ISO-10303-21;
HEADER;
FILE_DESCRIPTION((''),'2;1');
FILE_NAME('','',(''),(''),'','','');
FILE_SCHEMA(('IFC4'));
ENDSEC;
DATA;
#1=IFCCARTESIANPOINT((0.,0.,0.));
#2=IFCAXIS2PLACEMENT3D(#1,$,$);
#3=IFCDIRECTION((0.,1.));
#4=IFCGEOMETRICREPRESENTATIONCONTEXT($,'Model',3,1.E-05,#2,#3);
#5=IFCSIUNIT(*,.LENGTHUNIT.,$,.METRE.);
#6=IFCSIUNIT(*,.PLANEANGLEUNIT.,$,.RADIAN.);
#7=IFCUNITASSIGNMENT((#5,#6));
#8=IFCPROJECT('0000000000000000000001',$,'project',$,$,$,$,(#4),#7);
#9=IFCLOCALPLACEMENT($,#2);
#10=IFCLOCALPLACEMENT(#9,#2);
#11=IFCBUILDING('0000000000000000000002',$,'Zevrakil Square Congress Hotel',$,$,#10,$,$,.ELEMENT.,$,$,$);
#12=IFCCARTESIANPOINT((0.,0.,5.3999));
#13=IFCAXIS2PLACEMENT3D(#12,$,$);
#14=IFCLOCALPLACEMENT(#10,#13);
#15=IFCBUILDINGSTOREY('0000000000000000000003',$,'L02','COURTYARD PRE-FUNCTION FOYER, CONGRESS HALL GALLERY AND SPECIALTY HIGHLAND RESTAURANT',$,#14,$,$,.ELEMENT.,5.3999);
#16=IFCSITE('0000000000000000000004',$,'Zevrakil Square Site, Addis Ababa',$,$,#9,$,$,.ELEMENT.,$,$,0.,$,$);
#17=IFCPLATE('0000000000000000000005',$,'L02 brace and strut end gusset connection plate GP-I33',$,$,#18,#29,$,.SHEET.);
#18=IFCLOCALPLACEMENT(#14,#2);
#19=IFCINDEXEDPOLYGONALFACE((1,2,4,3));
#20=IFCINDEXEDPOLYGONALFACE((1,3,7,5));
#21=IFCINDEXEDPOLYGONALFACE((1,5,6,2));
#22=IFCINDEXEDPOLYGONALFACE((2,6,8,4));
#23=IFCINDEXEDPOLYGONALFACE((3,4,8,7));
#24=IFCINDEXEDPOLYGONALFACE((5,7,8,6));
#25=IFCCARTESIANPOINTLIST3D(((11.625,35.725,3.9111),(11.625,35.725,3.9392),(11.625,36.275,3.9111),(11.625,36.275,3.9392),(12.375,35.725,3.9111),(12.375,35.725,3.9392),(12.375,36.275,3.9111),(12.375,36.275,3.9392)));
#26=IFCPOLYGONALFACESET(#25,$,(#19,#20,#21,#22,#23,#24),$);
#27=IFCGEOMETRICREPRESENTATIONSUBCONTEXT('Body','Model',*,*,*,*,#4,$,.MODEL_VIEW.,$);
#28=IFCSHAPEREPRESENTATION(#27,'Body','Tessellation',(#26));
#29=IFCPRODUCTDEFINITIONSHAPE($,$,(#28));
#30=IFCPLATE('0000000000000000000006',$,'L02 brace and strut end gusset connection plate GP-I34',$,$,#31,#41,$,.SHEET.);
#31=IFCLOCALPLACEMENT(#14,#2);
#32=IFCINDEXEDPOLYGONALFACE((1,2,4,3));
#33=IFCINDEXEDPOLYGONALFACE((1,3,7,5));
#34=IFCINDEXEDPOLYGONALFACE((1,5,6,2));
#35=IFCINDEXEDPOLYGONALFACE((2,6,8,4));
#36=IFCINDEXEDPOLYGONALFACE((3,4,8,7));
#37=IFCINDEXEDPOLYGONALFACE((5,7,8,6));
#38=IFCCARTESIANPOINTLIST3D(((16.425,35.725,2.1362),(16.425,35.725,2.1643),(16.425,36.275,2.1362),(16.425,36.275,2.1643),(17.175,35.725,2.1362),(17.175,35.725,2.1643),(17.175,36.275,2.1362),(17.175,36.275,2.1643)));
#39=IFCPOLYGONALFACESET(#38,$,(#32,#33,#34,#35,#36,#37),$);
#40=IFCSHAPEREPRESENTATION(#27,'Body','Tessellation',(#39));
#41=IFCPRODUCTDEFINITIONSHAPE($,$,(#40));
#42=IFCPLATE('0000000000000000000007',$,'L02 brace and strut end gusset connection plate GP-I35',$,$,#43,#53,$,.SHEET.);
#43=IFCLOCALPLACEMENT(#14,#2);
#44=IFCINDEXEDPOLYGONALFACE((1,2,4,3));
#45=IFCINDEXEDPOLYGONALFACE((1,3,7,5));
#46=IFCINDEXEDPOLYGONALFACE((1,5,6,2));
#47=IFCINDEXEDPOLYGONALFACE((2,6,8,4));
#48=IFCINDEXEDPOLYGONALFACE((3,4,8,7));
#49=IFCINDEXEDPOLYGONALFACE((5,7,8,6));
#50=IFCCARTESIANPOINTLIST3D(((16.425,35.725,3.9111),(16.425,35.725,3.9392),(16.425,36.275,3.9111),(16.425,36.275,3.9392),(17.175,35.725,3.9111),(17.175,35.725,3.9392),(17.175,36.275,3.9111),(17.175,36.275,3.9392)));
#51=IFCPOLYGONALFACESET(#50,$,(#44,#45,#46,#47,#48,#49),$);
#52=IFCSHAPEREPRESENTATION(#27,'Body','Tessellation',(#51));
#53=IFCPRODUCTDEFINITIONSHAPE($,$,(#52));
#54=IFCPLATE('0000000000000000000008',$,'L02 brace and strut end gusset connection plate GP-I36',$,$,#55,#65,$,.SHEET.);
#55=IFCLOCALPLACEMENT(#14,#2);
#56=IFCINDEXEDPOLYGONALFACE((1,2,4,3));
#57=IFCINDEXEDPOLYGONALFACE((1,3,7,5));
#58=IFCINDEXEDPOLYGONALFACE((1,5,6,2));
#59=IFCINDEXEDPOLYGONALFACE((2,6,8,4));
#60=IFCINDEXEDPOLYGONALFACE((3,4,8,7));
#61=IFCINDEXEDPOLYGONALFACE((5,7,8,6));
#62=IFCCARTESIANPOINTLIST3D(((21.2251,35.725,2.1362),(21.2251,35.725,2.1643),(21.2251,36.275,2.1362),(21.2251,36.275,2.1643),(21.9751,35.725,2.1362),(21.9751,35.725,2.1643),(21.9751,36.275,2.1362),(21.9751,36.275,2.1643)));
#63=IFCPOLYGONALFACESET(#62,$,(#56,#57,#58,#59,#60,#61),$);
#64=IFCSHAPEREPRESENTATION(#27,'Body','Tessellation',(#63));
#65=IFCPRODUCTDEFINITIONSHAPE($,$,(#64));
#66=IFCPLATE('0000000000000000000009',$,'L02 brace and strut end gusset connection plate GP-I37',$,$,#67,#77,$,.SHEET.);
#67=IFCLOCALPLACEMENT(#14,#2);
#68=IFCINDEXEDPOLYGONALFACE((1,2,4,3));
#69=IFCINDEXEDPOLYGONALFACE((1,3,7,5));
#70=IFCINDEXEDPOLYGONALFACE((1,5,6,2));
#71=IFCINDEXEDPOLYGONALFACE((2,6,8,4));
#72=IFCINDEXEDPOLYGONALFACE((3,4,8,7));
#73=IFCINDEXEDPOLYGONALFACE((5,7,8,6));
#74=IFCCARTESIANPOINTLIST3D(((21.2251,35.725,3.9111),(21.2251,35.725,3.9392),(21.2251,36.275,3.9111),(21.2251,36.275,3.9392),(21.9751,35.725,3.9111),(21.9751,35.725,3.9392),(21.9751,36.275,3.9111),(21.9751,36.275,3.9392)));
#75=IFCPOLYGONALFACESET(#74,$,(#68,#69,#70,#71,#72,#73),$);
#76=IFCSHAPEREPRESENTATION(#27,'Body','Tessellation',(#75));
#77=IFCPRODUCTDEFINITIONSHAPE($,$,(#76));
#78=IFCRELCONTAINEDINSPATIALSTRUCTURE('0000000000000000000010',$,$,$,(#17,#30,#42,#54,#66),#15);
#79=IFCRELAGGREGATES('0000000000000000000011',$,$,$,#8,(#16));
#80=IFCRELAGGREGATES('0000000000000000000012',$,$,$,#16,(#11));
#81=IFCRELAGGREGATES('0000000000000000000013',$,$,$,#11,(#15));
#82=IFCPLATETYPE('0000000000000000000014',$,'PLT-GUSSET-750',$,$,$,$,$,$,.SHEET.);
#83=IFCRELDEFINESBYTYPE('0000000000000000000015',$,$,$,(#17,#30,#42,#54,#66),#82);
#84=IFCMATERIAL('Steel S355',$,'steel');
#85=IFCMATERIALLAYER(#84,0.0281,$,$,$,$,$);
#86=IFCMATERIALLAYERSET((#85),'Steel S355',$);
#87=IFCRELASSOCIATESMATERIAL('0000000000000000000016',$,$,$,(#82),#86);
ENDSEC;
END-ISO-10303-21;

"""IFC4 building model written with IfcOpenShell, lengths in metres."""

from ifc_helpers import new_model, si_unit, direction, frame, origin, origin_2d, place, context, subcontext, project, spatial, rectangle, extrude, material, layer, layer_set, type_object, element, save


model = new_model("IFC4")

# Units and contexts
model_context = context("Model", 3, precision=1e-05, world=origin(), true_north=direction((0.0, 1.0)))
body_context = subcontext(model_context, "Body", "Model", "MODEL_VIEW")
ifc_project = project(units=[si_unit("LENGTHUNIT", "METRE"), si_unit("PLANEANGLEUNIT", "RADIAN")], contexts=[model_context])

# Site, building, storey
site_placement = place(None, origin())
site = spatial("IfcSite", under=ifc_project, at=site_placement, Name="Zevrakil Square Site, Addis Ababa", CompositionType="ELEMENT", RefElevation=0.0)
building_placement = place(site_placement, origin())
building = spatial("IfcBuilding", under=site, at=building_placement, Name="Zevrakil Square Congress Hotel", CompositionType="ELEMENT")
storey_placement = place(building_placement, frame((0.0, 0.0, 5.3999)))
storey = spatial("IfcBuildingStorey", under=building, at=storey_placement, Name="L02", Description="COURTYARD PRE-FUNCTION FOYER, CONGRESS HALL GALLERY AND SPECIALTY HIGHLAND RESTAURANT", CompositionType="ELEMENT", Elevation=5.3999)

# Plates
ifc_material_1 = material(Name="Steel S355", Category="steel")
ifc_layer = layer(ifc_material_1, 0.0281)
ifc_layer_set = layer_set([ifc_layer], Name="Steel S355")
plate_type = type_object("IfcPlateType", Name="PLT-GUSSET-750", PredefinedType="SHEET", material=ifc_layer_set)
for number, where, z_axis, x_axis, name in (
    (1, (12.0, 36.0, 3.9111), (0.0, 0.0, 1.0), (1.0, 0.0, 0.0), "L02 brace and strut end gusset connection plate GP-I33"),
    (2, (16.8, 36.0, 2.1362), (0.0, 0.0, 1.0), (1.0, 0.0, 0.0), "L02 brace and strut end gusset connection plate GP-I34"),
    (3, (16.8, 36.0, 3.9111), (0.0, 0.0, 1.0), (1.0, 0.0, 0.0), "L02 brace and strut end gusset connection plate GP-I35"),
    (4, (21.6001, 36.0, 2.1362), (0.0, 0.0, 1.0), (1.0, 0.0, 0.0), "L02 brace and strut end gusset connection plate GP-I36"),
    (5, (21.6001, 36.0, 3.9111), (0.0, 0.0, 1.0), (1.0, 0.0, 0.0), "L02 brace and strut end gusset connection plate GP-I37"),
):
    element("IfcPlate", number, at=place(storey_placement, frame(where, z_axis=z_axis, x_axis=x_axis)), inside=storey, type_object=plate_type, Name=name, PredefinedType="SHEET", context=body_context, shape_type="SweptSolid", body=[
        extrude(rectangle(XDim=0.75, YDim=0.55, at=origin_2d()), origin(), (0.0, 0.0, 1.0), 0.0281),
    ])

save(model, "model.ifc")
